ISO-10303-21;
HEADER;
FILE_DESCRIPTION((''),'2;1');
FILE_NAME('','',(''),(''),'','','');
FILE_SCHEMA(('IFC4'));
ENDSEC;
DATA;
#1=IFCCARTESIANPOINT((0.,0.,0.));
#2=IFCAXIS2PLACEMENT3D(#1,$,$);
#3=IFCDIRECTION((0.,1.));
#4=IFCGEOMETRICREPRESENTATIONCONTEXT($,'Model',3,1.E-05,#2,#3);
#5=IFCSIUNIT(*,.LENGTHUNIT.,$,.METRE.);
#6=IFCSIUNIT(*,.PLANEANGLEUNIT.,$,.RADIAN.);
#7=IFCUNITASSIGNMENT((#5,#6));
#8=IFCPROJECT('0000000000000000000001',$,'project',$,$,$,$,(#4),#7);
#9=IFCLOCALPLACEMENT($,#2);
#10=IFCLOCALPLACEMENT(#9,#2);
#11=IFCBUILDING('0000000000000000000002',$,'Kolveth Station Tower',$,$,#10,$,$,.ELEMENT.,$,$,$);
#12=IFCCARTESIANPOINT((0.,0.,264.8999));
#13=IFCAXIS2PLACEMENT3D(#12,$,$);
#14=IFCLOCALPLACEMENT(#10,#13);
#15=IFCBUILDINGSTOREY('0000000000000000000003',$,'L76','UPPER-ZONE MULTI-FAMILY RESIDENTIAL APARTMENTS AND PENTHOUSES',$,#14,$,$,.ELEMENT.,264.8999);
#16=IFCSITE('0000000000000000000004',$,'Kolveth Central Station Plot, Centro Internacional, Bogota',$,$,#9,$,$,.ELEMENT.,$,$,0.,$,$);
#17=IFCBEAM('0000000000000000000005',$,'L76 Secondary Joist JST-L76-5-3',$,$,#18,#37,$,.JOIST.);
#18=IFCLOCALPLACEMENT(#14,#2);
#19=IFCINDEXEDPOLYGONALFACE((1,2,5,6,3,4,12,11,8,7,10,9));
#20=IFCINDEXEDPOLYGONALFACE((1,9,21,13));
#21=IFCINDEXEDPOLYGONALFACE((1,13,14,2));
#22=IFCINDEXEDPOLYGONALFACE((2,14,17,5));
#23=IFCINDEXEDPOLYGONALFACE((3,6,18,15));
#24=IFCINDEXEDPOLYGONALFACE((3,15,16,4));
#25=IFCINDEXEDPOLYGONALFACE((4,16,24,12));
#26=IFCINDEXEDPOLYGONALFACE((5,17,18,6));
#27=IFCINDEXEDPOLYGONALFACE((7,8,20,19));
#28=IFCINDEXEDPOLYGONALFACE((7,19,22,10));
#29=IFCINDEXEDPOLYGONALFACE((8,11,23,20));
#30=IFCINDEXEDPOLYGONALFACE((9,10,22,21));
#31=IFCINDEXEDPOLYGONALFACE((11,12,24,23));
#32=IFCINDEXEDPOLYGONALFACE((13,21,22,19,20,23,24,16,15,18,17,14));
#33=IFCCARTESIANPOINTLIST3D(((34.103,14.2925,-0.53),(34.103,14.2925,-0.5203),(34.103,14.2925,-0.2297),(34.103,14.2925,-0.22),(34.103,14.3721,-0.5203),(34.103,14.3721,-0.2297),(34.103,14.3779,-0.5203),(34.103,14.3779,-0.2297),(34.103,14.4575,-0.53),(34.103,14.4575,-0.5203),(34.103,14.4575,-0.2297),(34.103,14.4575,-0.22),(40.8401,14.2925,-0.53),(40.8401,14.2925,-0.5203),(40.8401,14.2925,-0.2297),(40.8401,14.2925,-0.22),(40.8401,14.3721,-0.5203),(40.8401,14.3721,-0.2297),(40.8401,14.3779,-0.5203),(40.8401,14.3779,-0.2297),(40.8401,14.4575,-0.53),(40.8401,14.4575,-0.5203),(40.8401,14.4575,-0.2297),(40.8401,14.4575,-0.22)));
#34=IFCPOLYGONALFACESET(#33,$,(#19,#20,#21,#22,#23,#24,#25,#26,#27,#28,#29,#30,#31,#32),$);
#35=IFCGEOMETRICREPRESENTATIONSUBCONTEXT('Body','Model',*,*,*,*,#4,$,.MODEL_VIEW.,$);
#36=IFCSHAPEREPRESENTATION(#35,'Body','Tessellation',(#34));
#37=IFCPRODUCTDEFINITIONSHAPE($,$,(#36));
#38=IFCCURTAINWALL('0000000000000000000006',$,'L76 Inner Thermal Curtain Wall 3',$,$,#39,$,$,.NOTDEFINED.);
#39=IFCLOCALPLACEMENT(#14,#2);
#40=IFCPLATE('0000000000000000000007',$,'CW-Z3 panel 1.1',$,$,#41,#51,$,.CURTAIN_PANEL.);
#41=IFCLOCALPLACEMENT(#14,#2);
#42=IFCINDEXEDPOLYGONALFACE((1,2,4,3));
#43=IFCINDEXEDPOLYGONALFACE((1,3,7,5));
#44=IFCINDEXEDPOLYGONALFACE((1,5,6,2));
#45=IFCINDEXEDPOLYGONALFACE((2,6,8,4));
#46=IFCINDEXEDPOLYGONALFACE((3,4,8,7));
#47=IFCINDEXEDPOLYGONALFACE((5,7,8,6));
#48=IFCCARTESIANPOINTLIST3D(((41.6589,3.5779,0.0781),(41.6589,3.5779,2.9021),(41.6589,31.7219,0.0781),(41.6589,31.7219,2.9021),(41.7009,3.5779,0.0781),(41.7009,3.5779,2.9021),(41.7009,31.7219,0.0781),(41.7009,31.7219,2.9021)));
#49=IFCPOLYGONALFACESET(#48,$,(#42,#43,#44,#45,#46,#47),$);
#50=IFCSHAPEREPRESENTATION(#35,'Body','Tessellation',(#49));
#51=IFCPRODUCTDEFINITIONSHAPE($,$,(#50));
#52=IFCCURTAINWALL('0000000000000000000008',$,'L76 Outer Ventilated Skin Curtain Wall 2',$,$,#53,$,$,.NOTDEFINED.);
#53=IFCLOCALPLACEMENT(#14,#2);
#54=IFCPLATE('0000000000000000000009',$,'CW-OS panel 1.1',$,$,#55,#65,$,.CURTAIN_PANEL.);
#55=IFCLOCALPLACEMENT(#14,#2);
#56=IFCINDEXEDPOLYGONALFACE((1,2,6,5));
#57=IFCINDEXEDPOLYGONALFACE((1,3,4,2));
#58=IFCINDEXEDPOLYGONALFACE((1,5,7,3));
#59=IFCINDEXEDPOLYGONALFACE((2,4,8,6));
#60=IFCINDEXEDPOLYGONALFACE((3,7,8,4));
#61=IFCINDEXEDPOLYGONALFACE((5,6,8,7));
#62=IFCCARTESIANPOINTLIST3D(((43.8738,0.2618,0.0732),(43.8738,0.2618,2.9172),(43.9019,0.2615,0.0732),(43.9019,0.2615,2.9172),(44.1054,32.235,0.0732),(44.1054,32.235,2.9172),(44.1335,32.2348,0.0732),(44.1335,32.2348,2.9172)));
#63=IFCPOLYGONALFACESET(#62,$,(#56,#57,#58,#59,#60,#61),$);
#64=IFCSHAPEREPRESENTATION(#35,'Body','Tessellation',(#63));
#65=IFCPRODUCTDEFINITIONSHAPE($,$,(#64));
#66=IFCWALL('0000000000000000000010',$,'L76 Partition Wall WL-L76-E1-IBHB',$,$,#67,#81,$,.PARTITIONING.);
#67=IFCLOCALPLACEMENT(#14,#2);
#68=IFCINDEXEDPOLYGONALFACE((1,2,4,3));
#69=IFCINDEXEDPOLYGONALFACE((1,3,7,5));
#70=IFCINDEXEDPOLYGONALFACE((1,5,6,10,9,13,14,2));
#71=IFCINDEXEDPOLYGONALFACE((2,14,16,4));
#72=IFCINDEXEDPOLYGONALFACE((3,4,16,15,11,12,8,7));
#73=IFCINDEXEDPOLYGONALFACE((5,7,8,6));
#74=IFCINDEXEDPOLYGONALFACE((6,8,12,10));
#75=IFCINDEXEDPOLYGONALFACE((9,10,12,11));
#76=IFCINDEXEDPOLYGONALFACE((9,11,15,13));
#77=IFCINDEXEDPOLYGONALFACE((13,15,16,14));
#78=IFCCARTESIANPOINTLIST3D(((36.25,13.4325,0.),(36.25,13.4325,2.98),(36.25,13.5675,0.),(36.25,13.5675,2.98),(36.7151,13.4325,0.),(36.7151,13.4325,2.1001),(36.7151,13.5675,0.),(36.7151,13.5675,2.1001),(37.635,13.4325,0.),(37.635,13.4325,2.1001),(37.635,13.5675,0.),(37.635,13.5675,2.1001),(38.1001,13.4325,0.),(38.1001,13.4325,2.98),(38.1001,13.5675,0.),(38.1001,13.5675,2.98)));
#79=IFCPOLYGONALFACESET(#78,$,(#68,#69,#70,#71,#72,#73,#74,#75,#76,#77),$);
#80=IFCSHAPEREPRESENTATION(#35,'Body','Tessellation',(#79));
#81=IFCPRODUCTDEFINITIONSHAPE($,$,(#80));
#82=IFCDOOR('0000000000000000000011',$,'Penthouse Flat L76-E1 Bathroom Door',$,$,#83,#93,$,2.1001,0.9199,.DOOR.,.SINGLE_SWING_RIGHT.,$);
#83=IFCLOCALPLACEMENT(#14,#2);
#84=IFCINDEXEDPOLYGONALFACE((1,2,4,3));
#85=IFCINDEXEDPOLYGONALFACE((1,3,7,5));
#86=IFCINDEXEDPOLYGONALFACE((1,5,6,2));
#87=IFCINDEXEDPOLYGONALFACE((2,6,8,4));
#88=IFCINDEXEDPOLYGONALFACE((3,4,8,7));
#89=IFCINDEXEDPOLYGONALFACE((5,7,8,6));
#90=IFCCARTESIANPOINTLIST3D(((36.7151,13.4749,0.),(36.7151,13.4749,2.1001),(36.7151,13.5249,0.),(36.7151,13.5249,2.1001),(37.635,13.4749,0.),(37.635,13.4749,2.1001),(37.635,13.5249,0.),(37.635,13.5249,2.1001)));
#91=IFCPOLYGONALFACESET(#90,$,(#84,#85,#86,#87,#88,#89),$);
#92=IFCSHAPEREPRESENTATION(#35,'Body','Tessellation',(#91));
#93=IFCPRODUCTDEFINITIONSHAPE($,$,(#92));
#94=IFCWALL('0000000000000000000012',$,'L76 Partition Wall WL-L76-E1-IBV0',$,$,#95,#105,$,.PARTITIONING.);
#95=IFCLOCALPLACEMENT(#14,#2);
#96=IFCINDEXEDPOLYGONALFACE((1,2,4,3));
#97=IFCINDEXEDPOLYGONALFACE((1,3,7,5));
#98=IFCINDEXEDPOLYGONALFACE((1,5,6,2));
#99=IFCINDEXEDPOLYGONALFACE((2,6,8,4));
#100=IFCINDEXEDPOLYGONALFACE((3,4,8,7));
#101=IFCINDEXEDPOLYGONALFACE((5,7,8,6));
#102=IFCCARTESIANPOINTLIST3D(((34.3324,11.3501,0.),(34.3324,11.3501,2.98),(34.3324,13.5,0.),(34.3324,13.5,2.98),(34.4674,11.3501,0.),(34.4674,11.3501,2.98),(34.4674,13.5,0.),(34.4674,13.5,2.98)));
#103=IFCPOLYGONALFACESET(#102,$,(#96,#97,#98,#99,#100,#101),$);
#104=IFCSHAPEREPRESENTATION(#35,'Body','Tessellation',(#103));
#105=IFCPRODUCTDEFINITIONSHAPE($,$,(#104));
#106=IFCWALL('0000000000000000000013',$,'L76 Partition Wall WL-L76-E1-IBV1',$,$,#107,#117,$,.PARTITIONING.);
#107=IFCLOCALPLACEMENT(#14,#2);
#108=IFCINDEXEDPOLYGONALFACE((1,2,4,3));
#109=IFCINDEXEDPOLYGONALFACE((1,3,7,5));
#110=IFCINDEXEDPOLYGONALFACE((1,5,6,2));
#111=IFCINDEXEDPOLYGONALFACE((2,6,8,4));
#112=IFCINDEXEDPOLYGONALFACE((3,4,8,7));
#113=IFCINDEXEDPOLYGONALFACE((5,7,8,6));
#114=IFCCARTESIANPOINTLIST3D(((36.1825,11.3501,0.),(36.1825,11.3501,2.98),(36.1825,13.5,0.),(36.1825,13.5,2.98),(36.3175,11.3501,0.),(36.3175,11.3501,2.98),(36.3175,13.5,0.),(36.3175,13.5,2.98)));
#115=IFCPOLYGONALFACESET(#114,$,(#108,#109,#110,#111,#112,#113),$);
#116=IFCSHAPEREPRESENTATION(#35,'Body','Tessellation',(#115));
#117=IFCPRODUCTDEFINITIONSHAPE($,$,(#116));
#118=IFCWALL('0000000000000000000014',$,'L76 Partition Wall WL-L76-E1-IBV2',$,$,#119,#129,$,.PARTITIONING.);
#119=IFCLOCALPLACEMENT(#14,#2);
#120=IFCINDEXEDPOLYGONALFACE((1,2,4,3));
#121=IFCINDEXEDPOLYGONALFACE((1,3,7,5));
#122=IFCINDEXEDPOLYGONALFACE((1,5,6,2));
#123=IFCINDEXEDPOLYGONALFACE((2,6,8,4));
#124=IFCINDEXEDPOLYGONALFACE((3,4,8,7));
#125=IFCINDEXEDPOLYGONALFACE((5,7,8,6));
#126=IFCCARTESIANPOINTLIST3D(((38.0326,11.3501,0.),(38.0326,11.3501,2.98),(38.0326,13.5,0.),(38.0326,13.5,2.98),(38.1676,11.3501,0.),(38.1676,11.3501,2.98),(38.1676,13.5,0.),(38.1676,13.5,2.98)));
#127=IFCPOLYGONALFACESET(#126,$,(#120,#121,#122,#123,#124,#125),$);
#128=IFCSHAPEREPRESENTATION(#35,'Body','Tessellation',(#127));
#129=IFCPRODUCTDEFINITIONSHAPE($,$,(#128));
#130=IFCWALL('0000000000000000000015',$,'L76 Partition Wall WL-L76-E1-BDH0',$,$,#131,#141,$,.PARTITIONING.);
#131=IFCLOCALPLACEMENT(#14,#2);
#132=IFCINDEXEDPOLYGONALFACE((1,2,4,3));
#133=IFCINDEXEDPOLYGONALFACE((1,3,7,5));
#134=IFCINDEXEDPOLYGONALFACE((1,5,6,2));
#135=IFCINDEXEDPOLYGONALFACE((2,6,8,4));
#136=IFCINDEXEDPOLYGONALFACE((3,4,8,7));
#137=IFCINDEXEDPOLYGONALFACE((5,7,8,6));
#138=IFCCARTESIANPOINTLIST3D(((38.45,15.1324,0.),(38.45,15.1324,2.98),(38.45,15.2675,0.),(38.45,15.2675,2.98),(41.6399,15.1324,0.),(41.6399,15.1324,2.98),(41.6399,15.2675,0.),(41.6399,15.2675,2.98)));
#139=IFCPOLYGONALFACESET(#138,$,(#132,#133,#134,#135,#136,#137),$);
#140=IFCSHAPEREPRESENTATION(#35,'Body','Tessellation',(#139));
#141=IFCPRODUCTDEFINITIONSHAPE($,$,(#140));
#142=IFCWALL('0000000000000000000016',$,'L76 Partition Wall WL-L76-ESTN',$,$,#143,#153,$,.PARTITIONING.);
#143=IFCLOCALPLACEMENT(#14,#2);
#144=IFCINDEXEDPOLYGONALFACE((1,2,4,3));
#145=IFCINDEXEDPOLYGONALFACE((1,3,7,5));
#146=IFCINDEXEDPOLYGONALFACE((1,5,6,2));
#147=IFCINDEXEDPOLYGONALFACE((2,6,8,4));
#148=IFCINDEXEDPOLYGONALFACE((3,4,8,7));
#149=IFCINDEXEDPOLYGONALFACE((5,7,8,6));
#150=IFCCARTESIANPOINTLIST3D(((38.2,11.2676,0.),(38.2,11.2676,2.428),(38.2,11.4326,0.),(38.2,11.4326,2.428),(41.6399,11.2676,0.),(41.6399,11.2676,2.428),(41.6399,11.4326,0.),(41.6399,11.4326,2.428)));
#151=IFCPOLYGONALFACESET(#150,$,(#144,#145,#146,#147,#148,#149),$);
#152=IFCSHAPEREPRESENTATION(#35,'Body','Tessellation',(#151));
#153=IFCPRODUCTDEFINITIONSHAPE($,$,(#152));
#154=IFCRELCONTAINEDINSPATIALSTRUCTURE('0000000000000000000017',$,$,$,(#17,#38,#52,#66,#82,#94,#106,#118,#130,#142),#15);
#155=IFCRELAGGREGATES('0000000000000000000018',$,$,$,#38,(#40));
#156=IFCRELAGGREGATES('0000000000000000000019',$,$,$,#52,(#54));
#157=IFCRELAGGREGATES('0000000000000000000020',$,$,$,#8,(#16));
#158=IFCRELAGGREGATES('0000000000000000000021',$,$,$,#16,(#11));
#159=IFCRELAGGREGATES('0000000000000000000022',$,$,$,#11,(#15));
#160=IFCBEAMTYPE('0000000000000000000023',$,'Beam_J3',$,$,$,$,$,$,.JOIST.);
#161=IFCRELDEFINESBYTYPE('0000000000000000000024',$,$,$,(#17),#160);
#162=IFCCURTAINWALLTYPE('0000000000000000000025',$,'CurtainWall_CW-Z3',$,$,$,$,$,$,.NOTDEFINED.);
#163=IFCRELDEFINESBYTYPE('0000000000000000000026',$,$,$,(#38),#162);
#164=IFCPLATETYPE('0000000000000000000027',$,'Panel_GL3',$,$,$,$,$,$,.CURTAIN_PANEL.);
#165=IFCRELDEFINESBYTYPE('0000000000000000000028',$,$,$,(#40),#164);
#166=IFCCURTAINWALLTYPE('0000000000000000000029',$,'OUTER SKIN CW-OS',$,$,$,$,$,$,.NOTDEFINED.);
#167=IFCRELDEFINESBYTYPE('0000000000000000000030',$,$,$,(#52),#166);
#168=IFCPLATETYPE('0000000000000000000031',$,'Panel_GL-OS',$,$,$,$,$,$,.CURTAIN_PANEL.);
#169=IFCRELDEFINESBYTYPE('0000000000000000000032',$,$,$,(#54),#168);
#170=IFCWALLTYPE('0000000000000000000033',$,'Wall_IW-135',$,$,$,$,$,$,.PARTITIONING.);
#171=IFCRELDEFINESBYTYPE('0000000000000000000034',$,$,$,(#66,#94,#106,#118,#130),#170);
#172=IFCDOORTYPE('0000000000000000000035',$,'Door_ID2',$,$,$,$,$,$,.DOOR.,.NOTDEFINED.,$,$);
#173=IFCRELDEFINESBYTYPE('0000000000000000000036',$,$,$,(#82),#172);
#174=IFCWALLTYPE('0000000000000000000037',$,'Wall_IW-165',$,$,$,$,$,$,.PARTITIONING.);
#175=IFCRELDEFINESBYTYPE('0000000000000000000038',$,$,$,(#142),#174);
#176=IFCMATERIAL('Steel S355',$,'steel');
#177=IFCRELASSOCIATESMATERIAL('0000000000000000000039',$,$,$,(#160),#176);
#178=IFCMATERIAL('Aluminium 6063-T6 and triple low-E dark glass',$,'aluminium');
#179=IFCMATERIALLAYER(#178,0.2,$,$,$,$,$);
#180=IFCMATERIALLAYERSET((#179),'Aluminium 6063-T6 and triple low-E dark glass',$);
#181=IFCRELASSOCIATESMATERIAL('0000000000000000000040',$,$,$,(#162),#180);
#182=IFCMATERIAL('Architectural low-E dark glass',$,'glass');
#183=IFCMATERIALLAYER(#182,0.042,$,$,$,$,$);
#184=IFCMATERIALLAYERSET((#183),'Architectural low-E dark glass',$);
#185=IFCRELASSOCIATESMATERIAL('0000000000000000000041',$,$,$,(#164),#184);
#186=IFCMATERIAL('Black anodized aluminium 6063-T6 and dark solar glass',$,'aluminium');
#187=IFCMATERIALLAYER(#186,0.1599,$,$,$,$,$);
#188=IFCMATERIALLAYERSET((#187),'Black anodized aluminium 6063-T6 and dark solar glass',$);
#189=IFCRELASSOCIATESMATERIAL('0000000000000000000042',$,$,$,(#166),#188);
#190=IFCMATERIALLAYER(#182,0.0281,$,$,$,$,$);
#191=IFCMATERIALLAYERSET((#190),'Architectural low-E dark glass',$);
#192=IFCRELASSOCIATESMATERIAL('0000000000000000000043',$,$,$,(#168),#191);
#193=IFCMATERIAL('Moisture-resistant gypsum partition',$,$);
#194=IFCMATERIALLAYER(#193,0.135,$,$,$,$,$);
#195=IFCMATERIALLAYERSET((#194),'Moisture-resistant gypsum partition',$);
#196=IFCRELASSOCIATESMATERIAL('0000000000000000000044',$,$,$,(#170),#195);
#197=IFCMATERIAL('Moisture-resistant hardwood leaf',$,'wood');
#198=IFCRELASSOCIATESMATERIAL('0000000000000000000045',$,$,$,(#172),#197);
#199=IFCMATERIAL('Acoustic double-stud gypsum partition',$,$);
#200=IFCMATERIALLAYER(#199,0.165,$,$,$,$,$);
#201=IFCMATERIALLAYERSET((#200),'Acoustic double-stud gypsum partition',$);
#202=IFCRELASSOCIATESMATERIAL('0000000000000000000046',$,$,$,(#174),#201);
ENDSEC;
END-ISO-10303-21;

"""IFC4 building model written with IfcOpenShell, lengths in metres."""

from ifc_helpers import new_model, si_unit, direction, frame, frame_2d, origin, origin_2d, place, context, subcontext, project, spatial, rectangle, i_section, extrude, source, transform, mapped, material, layer, layer_set, material_profile, profile_set, type_object, element, fill, aggregate, save


model = new_model("IFC4")

# Units and contexts
model_context = context("Model", 3, precision=1e-05, world=origin(), true_north=direction((0.0, 1.0)))
body_context = subcontext(model_context, "Body", "Model", "MODEL_VIEW")
ifc_project = project(units=[si_unit("LENGTHUNIT", "METRE"), si_unit("PLANEANGLEUNIT", "RADIAN")], contexts=[model_context])

# Site, building, storey
site_placement = place(None, origin())
site = spatial("IfcSite", under=ifc_project, at=site_placement, Name="Kolveth Central Station Plot, Centro Internacional, Bogota", CompositionType="ELEMENT", RefElevation=0.0)
building_placement = place(site_placement, origin())
building = spatial("IfcBuilding", under=site, at=building_placement, Name="Kolveth Station Tower", CompositionType="ELEMENT")
storey_placement = place(building_placement, frame((0.0, 0.0, 264.8999)))
storey = spatial("IfcBuildingStorey", under=building, at=storey_placement, Name="L76", Description="UPPER-ZONE MULTI-FAMILY RESIDENTIAL APARTMENTS AND PENTHOUSES", CompositionType="ELEMENT", Elevation=264.8999)

# Shared definitions
ifc_material_1 = material(Name="Steel S355", Category="steel")

# Beam
ifc_material_profile_1 = material_profile(ifc_material_1, i_section(OverallWidth=0.165, OverallDepth=0.3101, WebThickness=0.0059, FlangeThickness=0.0098, at=origin_2d()), Name="W310x39")
ifc_profile_set_1 = profile_set([ifc_material_profile_1], Name="Steel S355")
beam_type_1 = type_object("IfcBeamType", Name="Beam_J3", PredefinedType="JOIST", material=ifc_profile_set_1)
shared_shape_1 = source(origin(), body_context, "Body", "SweptSolid", [
    extrude(i_section(OverallWidth=0.165, OverallDepth=0.3101, WebThickness=0.0059, FlangeThickness=0.0098, at=origin_2d()), origin(), (0.0, 0.0, 1.0), 6.7371),
])
beam_1_placement = place(storey_placement, frame((34.103, 14.375, -0.375), z_axis=(1.0, 0.0, 0.0), x_axis=(0.0, 1.0, 0.0)))
element("IfcBeam", 1, at=beam_1_placement, inside=storey, type_object=beam_type_1, Name="L76 Secondary Joist JST-L76-5-3", PredefinedType="JOIST", context=body_context, shape_type="MappedRepresentation", body=[
    mapped(shared_shape_1, transform((0.0, 0.0, 0.0), x_axis=(1.0, 0.0, 0.0), y_axis=(0.0, 1.0, 0.0), z_axis=(0.0, 0.0, 1.0), scale=1.0)),
])

# Curtain walls, plates
ifc_material_2 = material(Name="Aluminium 6063-T6 and triple low-E dark glass", Category="aluminium")
ifc_layer_1 = layer(ifc_material_2, 0.2)
ifc_layer_set_1 = layer_set([ifc_layer_1], Name="Aluminium 6063-T6 and triple low-E dark glass")
curtain_wall_type_1 = type_object("IfcCurtainWallType", Name="CurtainWall_CW-Z3", PredefinedType="NOTDEFINED", material=ifc_layer_set_1)
curtain_wall_1_placement = place(storey_placement, origin())
curtain_wall_1 = element("IfcCurtainWall", 2, at=curtain_wall_1_placement, inside=storey, type_object=curtain_wall_type_1, Name="L76 Inner Thermal Curtain Wall 3", PredefinedType="NOTDEFINED")
ifc_material_3 = material(Name="Architectural low-E dark glass", Category="glass")
ifc_layer_2 = layer(ifc_material_3, 0.042)
ifc_layer_set_2 = layer_set([ifc_layer_2], Name="Architectural low-E dark glass")
plate_type_1 = type_object("IfcPlateType", Name="Panel_GL3", PredefinedType="CURTAIN_PANEL", material=ifc_layer_set_2)
shared_shape_2 = source(origin(), body_context, "Body", "SweptSolid", [
    extrude(rectangle(XDim=28.144, YDim=0.042, at=origin_2d()), origin(), (0.0, 0.0, 1.0), 2.824),
])
plate_1_placement = place(storey_placement, frame((41.6799, 17.6499, 0.0781), z_axis=(0.0, 0.0, 1.0), x_axis=(0.0, 1.0, 0.0)))
plate_1 = element("IfcPlate", 3, at=plate_1_placement, type_object=plate_type_1, Name="CW-Z3 panel 1.1", PredefinedType="CURTAIN_PANEL", context=body_context, shape_type="MappedRepresentation", body=[
    mapped(shared_shape_2, transform((0.0, 0.0, 0.0), x_axis=(1.0, 0.0, 0.0), y_axis=(0.0, 1.0, 0.0), z_axis=(0.0, 0.0, 1.0), scale=1.0)),
])
aggregate(curtain_wall_1, [plate_1])
ifc_material_4 = material(Name="Black anodized aluminium 6063-T6 and dark solar glass", Category="aluminium")
ifc_layer_3 = layer(ifc_material_4, 0.1599)
ifc_layer_set_3 = layer_set([ifc_layer_3], Name="Black anodized aluminium 6063-T6 and dark solar glass")
curtain_wall_type_2 = type_object("IfcCurtainWallType", Name="OUTER SKIN CW-OS", PredefinedType="NOTDEFINED", material=ifc_layer_set_3)
curtain_wall_2_placement = place(storey_placement, origin())
curtain_wall_2 = element("IfcCurtainWall", 4, at=curtain_wall_2_placement, inside=storey, type_object=curtain_wall_type_2, Name="L76 Outer Ventilated Skin Curtain Wall 2", PredefinedType="NOTDEFINED")
ifc_layer_4 = layer(ifc_material_3, 0.0281)
ifc_layer_set_4 = layer_set([ifc_layer_4], Name="Architectural low-E dark glass")
plate_type_2 = type_object("IfcPlateType", Name="Panel_GL-OS", PredefinedType="CURTAIN_PANEL", material=ifc_layer_set_4)
shared_shape_3 = source(origin(), body_context, "Body", "SweptSolid", [
    extrude(rectangle(XDim=31.9741, YDim=0.0281, at=origin_2d()), origin(), (0.0, 0.0, 1.0), 2.844),
])
plate_2_placement = place(storey_placement, frame((44.0037, 16.2483, 0.0732), z_axis=(0.0, 0.0, 1.0), x_axis=(0.007243, 0.999974, 0.0)))
plate_2 = element("IfcPlate", 5, at=plate_2_placement, type_object=plate_type_2, Name="CW-OS panel 1.1", PredefinedType="CURTAIN_PANEL", context=body_context, shape_type="MappedRepresentation", body=[
    mapped(shared_shape_3, transform((0.0, 0.0, 0.0), x_axis=(1.0, 0.0, 0.0), y_axis=(0.0, 1.0, 0.0), z_axis=(0.0, 0.0, 1.0), scale=1.0)),
])
aggregate(curtain_wall_2, [plate_2])

# Wall, opening, door
ifc_material_5 = material(Name="Moisture-resistant gypsum partition")
ifc_layer_5 = layer(ifc_material_5, 0.135)
ifc_layer_set_5 = layer_set([ifc_layer_5], Name="Moisture-resistant gypsum partition")
wall_type_1 = type_object("IfcWallType", Name="Wall_IW-135", PredefinedType="PARTITIONING", material=ifc_layer_set_5)
wall_1_placement = place(storey_placement, frame((36.25, 13.5, 0.0), z_axis=(0.0, 0.0, 1.0), x_axis=(1.0, 0.0, 0.0)))
wall_1 = element("IfcWall", 6, at=wall_1_placement, inside=storey, type_object=wall_type_1, Name="L76 Partition Wall WL-L76-E1-IBHB", PredefinedType="PARTITIONING", context=body_context, shape_type="SweptSolid", body=[
    extrude(rectangle(XDim=1.8501, YDim=0.135, at=frame_2d((0.925, 0.0))), origin(), (0.0, 0.0, 1.0), 2.98),
])
opening_1_placement = place(wall_1_placement, frame((0.4651, 0.0, 0.0)))
opening_1 = element("IfcOpeningElement", 7, at=opening_1_placement, cuts=wall_1, PredefinedType="OPENING", context=body_context, shape_type="SweptSolid", body=[
    extrude(rectangle(XDim=0.9199, YDim=2.1001, at=frame_2d((0.46, 1.05))), frame((0.0, 0.0774, 0.0), z_axis=(0.0, -1.0, 0.0), x_axis=(1.0, 0.0, 0.0)), (0.0, 0.0, 1.0), 0.155),
])
ifc_material_6 = material(Name="Moisture-resistant hardwood leaf", Category="wood")
door_type_1 = type_object("IfcDoorType", Name="Door_ID2", OperationType="NOTDEFINED", PredefinedType="DOOR", material=ifc_material_6)
door_1_placement = place(opening_1_placement, origin())
door_1 = element("IfcDoor", 8, at=door_1_placement, inside=storey, type_object=door_type_1, Name="Penthouse Flat L76-E1 Bathroom Door", OperationType="SINGLE_SWING_RIGHT", OverallHeight=2.1001, OverallWidth=0.9199, PredefinedType="DOOR", context=body_context, shape_type="SweptSolid", body=[
    extrude(rectangle(XDim=0.9199, YDim=2.1001, at=frame_2d((0.46, 1.05))), frame((0.0, 0.0249, 0.0), z_axis=(0.0, -1.0, 0.0), x_axis=(1.0, 0.0, 0.0)), (0.0, 0.0, 1.0), 0.05),
])
fill(opening_1, door_1)

# Walls
for number, where, z_axis, x_axis, name in (
    (9, (34.3999, 11.3501, 0.0), (0.0, 0.0, 1.0), (0.0, 1.0, 0.0), "L76 Partition Wall WL-L76-E1-IBV0"),
    (10, (36.25, 11.3501, 0.0), (0.0, 0.0, 1.0), (0.0, 1.0, 0.0), "L76 Partition Wall WL-L76-E1-IBV1"),
    (11, (38.1001, 11.3501, 0.0), (0.0, 0.0, 1.0), (0.0, 1.0, 0.0), "L76 Partition Wall WL-L76-E1-IBV2"),
):
    element("IfcWall", number, at=place(storey_placement, frame(where, z_axis=z_axis, x_axis=x_axis)), inside=storey, type_object=wall_type_1, Name=name, PredefinedType="PARTITIONING", context=body_context, shape_type="SweptSolid", body=[
        extrude(rectangle(XDim=2.1499, YDim=0.135, at=frame_2d((1.075, 0.0))), origin(), (0.0, 0.0, 1.0), 2.98),
    ])
wall_2_placement = place(storey_placement, frame((38.45, 15.2, 0.0), z_axis=(0.0, 0.0, 1.0), x_axis=(1.0, 0.0, 0.0)))
element("IfcWall", 12, at=wall_2_placement, inside=storey, type_object=wall_type_1, Name="L76 Partition Wall WL-L76-E1-BDH0", PredefinedType="PARTITIONING", context=body_context, shape_type="SweptSolid", body=[
    extrude(rectangle(XDim=3.1899, YDim=0.135, at=frame_2d((1.595, 0.0))), origin(), (0.0, 0.0, 1.0), 2.98),
])

# Shared definitions
ifc_material_7 = material(Name="Acoustic double-stud gypsum partition")
ifc_layer_6 = layer(ifc_material_7, 0.165)
ifc_layer_set_6 = layer_set([ifc_layer_6], Name="Acoustic double-stud gypsum partition")
wall_type_2 = type_object("IfcWallType", Name="Wall_IW-165", PredefinedType="PARTITIONING", material=ifc_layer_set_6)

# Wall
wall_3_placement = place(storey_placement, frame((38.2, 11.3501, 0.0), z_axis=(0.0, 0.0, 1.0), x_axis=(1.0, 0.0, 0.0)))
element("IfcWall", 13, at=wall_3_placement, inside=storey, type_object=wall_type_2, Name="L76 Partition Wall WL-L76-ESTN", PredefinedType="PARTITIONING", context=body_context, shape_type="SweptSolid", body=[
    extrude(rectangle(XDim=3.4399, YDim=0.165, at=frame_2d((1.72, 0.0))), origin(), (0.0, 0.0, 1.0), 2.428),
])

save(model, "model.ifc")
